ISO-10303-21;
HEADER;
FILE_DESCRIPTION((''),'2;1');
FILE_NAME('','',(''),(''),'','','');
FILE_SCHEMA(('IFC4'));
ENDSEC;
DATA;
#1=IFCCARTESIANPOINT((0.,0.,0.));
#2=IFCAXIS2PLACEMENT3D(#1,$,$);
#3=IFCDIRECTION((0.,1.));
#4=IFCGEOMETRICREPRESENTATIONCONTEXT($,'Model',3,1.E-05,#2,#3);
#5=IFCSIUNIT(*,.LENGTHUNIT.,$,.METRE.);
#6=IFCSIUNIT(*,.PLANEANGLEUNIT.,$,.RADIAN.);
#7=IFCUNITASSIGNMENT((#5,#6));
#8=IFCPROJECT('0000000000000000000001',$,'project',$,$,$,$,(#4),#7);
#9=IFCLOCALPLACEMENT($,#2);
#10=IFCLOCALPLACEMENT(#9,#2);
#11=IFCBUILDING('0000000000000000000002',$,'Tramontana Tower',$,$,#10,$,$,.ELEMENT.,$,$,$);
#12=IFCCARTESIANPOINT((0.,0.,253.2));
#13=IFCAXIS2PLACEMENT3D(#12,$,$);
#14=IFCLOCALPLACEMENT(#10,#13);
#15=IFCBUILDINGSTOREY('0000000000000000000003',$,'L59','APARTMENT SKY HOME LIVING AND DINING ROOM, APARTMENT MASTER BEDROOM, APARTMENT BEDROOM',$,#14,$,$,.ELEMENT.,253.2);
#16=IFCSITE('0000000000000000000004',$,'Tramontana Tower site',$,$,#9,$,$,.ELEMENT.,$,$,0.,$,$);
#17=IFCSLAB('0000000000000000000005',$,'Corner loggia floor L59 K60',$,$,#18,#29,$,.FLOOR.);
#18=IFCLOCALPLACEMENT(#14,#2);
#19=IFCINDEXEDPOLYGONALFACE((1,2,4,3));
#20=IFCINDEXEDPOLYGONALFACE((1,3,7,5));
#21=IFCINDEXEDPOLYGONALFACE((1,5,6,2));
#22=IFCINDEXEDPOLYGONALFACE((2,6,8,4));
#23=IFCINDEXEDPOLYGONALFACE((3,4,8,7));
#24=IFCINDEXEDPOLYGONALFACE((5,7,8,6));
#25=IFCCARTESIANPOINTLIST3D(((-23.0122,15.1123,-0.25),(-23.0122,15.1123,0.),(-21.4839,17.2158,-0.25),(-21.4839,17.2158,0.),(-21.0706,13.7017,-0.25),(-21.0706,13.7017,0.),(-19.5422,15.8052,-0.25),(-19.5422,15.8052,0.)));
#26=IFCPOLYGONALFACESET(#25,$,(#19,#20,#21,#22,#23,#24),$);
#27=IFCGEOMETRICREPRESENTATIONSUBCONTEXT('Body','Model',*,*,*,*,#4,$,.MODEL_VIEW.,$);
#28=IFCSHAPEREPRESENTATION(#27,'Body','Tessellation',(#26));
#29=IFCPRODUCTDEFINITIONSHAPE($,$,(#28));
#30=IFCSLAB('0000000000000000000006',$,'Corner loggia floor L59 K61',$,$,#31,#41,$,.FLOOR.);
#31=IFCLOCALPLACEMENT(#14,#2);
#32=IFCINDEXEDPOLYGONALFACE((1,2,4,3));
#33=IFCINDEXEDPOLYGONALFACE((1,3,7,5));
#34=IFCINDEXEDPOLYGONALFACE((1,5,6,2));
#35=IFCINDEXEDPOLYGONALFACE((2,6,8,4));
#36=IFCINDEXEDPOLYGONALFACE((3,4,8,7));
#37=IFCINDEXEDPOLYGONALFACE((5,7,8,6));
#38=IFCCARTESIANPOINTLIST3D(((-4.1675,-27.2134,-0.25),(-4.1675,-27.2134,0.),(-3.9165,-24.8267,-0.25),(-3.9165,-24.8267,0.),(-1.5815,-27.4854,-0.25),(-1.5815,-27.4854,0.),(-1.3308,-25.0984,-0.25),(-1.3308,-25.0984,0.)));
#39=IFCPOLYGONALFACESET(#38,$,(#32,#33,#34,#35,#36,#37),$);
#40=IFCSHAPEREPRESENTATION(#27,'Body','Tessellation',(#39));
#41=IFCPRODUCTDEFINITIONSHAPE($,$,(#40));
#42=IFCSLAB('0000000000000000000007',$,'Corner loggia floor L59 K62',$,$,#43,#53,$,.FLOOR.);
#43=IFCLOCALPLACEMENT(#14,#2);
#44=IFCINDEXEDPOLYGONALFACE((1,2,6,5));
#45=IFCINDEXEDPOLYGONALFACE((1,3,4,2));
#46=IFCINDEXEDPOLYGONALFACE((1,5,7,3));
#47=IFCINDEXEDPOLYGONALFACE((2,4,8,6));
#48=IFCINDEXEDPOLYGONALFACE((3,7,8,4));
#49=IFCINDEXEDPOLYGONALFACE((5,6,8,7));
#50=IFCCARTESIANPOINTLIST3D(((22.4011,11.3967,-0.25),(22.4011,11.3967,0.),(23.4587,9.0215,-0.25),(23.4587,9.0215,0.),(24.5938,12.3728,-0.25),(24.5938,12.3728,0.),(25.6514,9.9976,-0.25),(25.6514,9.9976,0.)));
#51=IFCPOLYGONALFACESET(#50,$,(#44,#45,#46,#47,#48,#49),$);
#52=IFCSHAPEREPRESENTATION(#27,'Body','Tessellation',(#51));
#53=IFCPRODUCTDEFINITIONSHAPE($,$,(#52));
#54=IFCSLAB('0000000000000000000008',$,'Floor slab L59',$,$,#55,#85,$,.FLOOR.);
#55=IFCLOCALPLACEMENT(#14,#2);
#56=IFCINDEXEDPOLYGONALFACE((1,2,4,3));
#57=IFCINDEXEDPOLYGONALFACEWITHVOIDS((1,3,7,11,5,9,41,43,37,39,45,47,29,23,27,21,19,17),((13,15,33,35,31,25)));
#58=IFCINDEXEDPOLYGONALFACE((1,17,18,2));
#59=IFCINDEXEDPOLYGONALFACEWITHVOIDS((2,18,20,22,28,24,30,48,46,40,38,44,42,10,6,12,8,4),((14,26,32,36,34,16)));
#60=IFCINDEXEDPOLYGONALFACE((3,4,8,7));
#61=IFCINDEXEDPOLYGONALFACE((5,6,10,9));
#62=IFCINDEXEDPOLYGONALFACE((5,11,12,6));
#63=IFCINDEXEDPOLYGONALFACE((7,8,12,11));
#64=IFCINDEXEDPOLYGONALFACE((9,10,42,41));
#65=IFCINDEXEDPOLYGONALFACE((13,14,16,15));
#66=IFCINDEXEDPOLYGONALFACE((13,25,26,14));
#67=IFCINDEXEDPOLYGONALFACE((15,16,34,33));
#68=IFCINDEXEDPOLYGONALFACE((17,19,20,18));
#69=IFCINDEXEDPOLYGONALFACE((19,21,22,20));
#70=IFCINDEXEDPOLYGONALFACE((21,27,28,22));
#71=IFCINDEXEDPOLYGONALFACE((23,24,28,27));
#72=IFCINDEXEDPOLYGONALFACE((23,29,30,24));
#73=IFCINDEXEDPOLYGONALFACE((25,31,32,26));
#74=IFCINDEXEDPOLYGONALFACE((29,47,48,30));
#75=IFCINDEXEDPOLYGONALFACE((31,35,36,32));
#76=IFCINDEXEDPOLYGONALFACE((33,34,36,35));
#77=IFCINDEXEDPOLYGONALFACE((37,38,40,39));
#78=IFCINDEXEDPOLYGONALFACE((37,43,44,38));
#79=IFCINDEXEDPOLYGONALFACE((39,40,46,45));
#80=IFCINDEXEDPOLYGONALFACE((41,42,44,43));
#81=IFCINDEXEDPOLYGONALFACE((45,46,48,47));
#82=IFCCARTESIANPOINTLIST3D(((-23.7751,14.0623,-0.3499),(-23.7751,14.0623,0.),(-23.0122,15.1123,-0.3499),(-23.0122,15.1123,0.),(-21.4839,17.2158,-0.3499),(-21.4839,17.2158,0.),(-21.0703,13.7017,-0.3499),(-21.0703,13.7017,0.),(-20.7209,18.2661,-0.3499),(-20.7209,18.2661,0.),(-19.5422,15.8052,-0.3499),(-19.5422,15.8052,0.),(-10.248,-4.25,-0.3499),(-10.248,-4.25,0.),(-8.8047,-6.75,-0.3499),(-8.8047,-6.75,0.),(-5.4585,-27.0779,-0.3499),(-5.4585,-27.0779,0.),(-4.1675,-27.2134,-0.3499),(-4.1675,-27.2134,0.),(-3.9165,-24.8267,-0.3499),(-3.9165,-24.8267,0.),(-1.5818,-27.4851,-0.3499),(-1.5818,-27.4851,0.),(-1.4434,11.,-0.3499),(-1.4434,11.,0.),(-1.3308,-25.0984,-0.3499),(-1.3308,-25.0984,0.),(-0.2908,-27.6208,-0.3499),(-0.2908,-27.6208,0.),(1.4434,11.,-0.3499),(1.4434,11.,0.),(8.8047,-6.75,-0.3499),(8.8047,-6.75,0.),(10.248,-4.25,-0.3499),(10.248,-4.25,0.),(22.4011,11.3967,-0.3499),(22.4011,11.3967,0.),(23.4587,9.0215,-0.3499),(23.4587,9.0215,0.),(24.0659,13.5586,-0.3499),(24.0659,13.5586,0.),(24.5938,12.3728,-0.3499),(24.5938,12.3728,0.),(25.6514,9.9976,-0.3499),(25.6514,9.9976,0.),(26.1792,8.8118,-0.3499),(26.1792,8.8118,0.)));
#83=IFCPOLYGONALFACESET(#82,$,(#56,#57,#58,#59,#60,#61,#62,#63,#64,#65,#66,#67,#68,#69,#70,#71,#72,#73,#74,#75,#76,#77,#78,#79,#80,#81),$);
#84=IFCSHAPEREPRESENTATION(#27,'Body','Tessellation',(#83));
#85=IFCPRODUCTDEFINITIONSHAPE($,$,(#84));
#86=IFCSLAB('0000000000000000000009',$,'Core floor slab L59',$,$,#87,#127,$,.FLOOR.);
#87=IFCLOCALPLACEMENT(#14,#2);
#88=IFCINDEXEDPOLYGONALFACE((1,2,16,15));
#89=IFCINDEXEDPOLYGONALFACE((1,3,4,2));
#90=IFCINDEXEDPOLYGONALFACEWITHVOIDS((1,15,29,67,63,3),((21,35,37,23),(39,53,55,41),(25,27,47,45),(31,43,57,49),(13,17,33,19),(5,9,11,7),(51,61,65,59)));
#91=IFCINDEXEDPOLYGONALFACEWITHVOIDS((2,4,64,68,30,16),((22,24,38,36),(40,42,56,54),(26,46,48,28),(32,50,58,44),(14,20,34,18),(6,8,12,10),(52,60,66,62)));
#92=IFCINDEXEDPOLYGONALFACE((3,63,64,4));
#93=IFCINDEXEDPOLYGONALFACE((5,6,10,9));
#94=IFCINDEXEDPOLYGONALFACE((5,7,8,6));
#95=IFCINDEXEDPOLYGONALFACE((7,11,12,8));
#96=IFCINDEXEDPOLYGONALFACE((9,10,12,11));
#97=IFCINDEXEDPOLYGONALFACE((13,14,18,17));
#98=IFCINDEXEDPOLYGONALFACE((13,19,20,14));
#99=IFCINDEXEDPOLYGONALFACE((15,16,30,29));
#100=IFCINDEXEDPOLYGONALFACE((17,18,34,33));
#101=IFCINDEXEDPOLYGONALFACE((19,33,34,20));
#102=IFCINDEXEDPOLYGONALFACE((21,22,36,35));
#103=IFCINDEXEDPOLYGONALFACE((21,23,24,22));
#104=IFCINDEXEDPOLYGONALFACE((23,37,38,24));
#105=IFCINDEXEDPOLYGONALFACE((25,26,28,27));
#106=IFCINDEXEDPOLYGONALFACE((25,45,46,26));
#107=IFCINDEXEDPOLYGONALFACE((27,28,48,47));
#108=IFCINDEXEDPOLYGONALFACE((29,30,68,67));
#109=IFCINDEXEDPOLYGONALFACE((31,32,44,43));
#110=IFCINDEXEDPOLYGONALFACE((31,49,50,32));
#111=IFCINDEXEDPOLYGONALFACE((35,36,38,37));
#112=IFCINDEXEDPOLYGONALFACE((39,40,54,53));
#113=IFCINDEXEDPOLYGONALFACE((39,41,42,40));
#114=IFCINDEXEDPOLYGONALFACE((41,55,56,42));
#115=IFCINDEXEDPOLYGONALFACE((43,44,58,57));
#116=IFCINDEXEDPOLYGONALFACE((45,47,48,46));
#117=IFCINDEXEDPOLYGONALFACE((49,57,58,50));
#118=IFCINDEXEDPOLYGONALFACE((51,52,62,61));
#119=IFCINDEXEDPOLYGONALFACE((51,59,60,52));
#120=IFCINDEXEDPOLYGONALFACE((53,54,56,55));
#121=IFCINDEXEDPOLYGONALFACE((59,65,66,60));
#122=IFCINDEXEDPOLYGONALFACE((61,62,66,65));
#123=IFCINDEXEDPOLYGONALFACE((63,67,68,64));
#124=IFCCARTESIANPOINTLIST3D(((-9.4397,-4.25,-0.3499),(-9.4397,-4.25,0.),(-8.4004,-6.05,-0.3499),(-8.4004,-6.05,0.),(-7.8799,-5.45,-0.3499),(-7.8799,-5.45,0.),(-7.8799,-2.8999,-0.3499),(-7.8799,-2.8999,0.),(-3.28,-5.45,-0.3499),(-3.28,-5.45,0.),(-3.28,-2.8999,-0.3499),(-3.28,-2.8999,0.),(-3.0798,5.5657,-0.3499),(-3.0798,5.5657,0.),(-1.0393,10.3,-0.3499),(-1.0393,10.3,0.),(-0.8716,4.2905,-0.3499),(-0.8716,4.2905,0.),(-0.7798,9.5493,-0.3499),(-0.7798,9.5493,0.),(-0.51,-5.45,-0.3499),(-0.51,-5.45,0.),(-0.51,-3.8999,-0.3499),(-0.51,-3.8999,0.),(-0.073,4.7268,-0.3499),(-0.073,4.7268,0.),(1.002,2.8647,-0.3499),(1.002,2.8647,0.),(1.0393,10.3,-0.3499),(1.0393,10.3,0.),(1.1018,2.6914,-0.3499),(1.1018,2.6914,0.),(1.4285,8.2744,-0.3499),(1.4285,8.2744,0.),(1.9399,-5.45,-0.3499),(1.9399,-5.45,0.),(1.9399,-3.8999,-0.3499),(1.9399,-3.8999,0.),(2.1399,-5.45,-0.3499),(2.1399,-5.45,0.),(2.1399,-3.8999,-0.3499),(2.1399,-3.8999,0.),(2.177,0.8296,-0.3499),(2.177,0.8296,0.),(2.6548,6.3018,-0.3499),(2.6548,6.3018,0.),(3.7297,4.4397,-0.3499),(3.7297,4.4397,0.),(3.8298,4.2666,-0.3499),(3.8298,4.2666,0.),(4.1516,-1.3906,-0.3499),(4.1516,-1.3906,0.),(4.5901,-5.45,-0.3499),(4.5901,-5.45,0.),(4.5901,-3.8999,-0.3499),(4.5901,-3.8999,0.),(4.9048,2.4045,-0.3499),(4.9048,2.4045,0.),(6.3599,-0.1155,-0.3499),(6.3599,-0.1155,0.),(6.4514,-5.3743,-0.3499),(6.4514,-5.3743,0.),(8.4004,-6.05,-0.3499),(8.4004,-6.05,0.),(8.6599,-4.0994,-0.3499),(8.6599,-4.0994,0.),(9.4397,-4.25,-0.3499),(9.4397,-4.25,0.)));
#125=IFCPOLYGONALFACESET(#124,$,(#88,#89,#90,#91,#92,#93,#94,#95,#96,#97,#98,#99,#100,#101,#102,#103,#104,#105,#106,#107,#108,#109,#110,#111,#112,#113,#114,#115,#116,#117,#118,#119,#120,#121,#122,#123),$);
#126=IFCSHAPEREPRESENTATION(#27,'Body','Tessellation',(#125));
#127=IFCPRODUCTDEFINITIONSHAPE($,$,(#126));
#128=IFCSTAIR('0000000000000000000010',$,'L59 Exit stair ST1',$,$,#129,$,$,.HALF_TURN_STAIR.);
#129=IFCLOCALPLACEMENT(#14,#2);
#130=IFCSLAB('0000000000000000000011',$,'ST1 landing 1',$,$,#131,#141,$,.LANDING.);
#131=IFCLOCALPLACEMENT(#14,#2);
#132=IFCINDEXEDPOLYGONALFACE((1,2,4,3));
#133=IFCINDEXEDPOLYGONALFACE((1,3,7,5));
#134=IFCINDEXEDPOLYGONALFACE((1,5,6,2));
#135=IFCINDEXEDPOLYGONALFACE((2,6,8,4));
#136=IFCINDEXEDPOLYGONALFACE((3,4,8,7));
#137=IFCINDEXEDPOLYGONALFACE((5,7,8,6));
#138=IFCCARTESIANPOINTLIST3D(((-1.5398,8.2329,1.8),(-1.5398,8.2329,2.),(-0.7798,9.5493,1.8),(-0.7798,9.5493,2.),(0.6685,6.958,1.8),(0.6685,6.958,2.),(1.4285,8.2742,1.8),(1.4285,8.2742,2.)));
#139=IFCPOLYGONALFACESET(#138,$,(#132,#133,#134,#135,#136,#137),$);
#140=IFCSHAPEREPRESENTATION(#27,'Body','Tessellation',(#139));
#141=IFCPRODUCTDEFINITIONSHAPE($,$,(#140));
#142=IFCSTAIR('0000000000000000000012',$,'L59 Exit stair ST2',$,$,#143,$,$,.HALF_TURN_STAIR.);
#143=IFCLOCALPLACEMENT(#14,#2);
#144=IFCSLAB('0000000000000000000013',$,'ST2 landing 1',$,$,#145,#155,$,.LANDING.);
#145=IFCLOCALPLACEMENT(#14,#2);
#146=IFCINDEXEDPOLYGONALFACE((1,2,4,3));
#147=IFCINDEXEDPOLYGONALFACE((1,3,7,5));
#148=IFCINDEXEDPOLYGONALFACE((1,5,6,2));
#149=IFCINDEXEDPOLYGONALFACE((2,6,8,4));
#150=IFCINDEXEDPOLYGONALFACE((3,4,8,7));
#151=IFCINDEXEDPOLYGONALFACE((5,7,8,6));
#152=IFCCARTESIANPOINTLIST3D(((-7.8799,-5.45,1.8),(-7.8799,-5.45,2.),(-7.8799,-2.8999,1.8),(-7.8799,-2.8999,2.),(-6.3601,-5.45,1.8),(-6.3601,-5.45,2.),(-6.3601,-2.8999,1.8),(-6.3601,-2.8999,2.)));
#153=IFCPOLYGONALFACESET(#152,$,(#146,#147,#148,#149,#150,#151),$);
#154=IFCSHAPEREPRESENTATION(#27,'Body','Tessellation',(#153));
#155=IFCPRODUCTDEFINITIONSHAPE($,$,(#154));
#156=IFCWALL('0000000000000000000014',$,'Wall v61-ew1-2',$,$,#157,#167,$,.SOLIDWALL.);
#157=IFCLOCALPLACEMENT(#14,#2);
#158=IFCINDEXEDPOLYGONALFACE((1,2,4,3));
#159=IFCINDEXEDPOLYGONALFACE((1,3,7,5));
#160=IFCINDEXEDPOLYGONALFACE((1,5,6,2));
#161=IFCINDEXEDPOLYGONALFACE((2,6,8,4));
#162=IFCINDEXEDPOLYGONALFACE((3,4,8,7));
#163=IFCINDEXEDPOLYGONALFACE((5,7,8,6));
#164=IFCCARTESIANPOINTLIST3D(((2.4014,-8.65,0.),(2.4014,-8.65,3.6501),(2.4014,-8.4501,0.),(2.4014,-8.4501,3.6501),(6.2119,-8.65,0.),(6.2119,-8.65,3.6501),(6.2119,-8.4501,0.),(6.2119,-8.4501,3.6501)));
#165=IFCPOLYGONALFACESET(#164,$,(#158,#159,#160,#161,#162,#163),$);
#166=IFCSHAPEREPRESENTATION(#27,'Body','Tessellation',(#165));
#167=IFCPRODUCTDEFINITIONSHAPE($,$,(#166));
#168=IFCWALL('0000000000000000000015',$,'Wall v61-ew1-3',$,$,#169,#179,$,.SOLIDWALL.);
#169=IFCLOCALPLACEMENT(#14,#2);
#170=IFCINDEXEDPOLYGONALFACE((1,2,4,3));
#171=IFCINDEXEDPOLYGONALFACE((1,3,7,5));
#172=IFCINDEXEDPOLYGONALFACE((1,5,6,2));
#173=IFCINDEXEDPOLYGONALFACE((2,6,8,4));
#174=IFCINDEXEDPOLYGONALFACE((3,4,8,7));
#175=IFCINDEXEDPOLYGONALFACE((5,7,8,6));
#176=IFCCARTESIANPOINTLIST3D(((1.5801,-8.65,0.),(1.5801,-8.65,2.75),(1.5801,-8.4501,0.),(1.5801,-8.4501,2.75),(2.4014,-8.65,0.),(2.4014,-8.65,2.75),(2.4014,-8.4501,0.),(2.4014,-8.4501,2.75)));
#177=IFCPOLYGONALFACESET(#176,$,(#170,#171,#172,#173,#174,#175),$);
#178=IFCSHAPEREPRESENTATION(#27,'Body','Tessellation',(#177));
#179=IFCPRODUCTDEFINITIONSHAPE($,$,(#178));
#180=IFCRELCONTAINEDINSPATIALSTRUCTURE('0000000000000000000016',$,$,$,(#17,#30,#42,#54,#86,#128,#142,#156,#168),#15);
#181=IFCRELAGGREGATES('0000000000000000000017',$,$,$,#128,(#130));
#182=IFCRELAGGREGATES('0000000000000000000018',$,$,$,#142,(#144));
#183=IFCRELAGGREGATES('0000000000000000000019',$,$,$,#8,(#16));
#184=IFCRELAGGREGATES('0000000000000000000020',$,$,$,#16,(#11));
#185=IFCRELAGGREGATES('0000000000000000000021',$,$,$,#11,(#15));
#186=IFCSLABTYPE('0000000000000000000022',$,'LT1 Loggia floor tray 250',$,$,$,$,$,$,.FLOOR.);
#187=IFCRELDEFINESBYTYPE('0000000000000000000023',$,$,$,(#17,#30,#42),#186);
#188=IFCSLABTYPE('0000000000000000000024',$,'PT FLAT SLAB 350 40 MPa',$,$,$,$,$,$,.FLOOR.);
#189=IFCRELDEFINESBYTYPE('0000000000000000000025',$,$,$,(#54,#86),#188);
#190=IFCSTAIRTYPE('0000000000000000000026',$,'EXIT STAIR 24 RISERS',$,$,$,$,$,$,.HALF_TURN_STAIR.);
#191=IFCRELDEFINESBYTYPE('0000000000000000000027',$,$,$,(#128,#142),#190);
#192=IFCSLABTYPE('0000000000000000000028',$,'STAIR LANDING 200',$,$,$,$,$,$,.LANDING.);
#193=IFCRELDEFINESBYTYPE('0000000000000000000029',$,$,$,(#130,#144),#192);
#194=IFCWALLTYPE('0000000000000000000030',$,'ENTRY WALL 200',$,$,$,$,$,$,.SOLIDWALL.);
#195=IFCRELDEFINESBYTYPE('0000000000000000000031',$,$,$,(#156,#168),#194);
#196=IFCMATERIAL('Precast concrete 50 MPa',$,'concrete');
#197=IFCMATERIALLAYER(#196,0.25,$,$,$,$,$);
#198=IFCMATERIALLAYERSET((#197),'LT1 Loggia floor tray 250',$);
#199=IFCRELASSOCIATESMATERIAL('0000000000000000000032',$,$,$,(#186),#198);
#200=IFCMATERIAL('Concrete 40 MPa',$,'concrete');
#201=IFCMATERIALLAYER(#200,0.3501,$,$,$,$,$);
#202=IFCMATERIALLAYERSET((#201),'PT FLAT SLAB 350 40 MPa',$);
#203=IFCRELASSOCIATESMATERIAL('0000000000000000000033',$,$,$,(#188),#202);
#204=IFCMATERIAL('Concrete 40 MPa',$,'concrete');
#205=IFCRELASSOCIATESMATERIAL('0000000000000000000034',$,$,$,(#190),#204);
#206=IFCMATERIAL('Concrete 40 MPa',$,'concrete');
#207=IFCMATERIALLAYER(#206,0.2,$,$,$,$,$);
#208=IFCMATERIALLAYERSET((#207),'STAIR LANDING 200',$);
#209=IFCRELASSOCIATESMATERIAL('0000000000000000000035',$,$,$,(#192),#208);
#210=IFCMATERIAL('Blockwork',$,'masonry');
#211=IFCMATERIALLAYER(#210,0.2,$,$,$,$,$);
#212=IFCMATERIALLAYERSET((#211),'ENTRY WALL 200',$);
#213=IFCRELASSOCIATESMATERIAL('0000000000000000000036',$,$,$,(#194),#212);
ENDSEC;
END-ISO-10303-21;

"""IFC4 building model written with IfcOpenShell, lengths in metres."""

from ifc_helpers import new_model, si_unit, direction, frame, frame_2d, origin, place, context, subcontext, project, spatial, polyline, rectangle, outline, extrude, material, layer, layer_set, type_object, element, aggregate, save


model = new_model("IFC4")

# Units and contexts
model_context = context("Model", 3, precision=1e-05, world=origin(), true_north=direction((0.0, 1.0)))
body_context = subcontext(model_context, "Body", "Model", "MODEL_VIEW")
ifc_project = project(units=[si_unit("LENGTHUNIT", "METRE"), si_unit("PLANEANGLEUNIT", "RADIAN")], contexts=[model_context])

# Site, building, storey
site_placement = place(None, origin())
site = spatial("IfcSite", under=ifc_project, at=site_placement, Name="Tramontana Tower site", CompositionType="ELEMENT", RefElevation=0.0)
building_placement = place(site_placement, origin())
building = spatial("IfcBuilding", under=site, at=building_placement, Name="Tramontana Tower", CompositionType="ELEMENT")
storey_placement = place(building_placement, frame((0.0, 0.0, 253.2)))
storey = spatial("IfcBuildingStorey", under=building, at=storey_placement, Name="L59", Description="APARTMENT SKY HOME LIVING AND DINING ROOM, APARTMENT MASTER BEDROOM, APARTMENT BEDROOM", CompositionType="ELEMENT", Elevation=253.2)

# Slabs
ifc_material_1 = material(Name="Precast concrete 50 MPa", Category="concrete")
ifc_layer_1 = layer(ifc_material_1, 0.25)
ifc_layer_set_1 = layer_set([ifc_layer_1], Name="LT1 Loggia floor tray 250")
slab_type_1 = type_object("IfcSlabType", Name="LT1 Loggia floor tray 250", PredefinedType="FLOOR", material=ifc_layer_set_1)
slab_1_placement = place(storey_placement, frame((0.0, 0.0, -0.25)))
element("IfcSlab", 1, at=slab_1_placement, inside=storey, type_object=slab_type_1, Name="Corner loggia floor L59 K60", PredefinedType="FLOOR", context=body_context, shape_type="SweptSolid", body=[
    extrude(outline(polyline([(-21.4839, 17.2158), (-19.5422, 15.8052), (-21.0706, 13.7017), (-23.0122, 15.1123), (-21.4839, 17.2158)])), origin(), (0.0, 0.0, 1.0), 0.25),
])
slab_2_placement = place(storey_placement, frame((0.0, 0.0, -0.25)))
element("IfcSlab", 2, at=slab_2_placement, inside=storey, type_object=slab_type_1, Name="Corner loggia floor L59 K61", PredefinedType="FLOOR", context=body_context, shape_type="SweptSolid", body=[
    extrude(outline(polyline([(-4.1675, -27.2134), (-3.9165, -24.8267), (-1.3308, -25.0984), (-1.5815, -27.4854), (-4.1675, -27.2134)])), origin(), (0.0, 0.0, 1.0), 0.25),
])
slab_3_placement = place(storey_placement, frame((0.0, 0.0, -0.25)))
element("IfcSlab", 3, at=slab_3_placement, inside=storey, type_object=slab_type_1, Name="Corner loggia floor L59 K62", PredefinedType="FLOOR", context=body_context, shape_type="SweptSolid", body=[
    extrude(outline(polyline([(25.6514, 9.9976), (23.4587, 9.0215), (22.4011, 11.3967), (24.5938, 12.3728), (25.6514, 9.9976)])), origin(), (0.0, 0.0, 1.0), 0.25),
])
ifc_material_2 = material(Name="Concrete 40 MPa", Category="concrete")
ifc_layer_2 = layer(ifc_material_2, 0.3501)
ifc_layer_set_2 = layer_set([ifc_layer_2], Name="PT FLAT SLAB 350 40 MPa")
slab_type_2 = type_object("IfcSlabType", Name="PT FLAT SLAB 350 40 MPa", PredefinedType="FLOOR", material=ifc_layer_set_2)
slab_4_placement = place(storey_placement, frame((0.0, 0.0, -0.3499)))
element("IfcSlab", 4, at=slab_4_placement, inside=storey, type_object=slab_type_2, Name="Floor slab L59", PredefinedType="FLOOR", context=body_context, shape_type="SweptSolid", body=[
    extrude(outline(polyline([(24.5938, 12.3728), (22.4011, 11.3967), (23.4587, 9.0215), (25.6514, 9.9976), (26.1792, 8.8118), (-0.2908, -27.6208), (-1.5818, -27.4851), (-1.3308, -25.0984), (-3.9165, -24.8267), (-4.1675, -27.2134), (-5.4585, -27.0779), (-23.7751, 14.0623), (-23.0122, 15.1123), (-21.0703, 13.7017), (-19.5422, 15.8052), (-21.4839, 17.2158), (-20.7209, 18.2661), (24.0659, 13.5586), (24.5938, 12.3728)]), holes=[polyline([(-10.248, -4.25), (-8.8047, -6.75), (8.8047, -6.75), (10.248, -4.25), (1.4434, 11.0), (-1.4434, 11.0), (-10.248, -4.25)])]), origin(), (0.0, 0.0, 1.0), 0.3499),
])
slab_5_placement = place(storey_placement, frame((0.0, 0.0, -0.3499)))
element("IfcSlab", 5, at=slab_5_placement, inside=storey, type_object=slab_type_2, Name="Core floor slab L59", PredefinedType="FLOOR", context=body_context, shape_type="SweptSolid", body=[
    extrude(outline(polyline([(9.4397, -4.25), (8.4004, -6.05), (-8.4004, -6.05), (-9.4397, -4.25), (-1.0393, 10.3), (1.0393, 10.3), (9.4397, -4.25)]), holes=[polyline([(8.6599, -4.0994), (6.3599, -0.1155), (4.1516, -1.3906), (6.4514, -5.3743), (8.6599, -4.0994)]), polyline([(3.8298, 4.2666), (1.1018, 2.6914), (2.177, 0.8296), (4.9048, 2.4045), (3.8298, 4.2666)]), polyline([(4.5901, -3.8999), (2.1399, -3.8999), (2.1399, -5.45), (4.5901, -5.45), (4.5901, -3.8999)]), polyline([(2.6548, 6.3018), (-0.073, 4.7268), (1.002, 2.8647), (3.7297, 4.4397), (2.6548, 6.3018)]), polyline([(1.9399, -5.45), (1.9399, -3.8999), (-0.51, -3.8999), (-0.51, -5.45), (1.9399, -5.45)]), polyline([(-0.7798, 9.5493), (-3.0798, 5.5657), (-0.8716, 4.2905), (1.4285, 8.2744), (-0.7798, 9.5493)]), polyline([(-7.8799, -5.45), (-3.28, -5.45), (-3.28, -2.8999), (-7.8799, -2.8999), (-7.8799, -5.45)])]), origin(), (0.0, 0.0, 1.0), 0.3499),
])

# Stairs, slabs
ifc_material_3 = material(Name="Concrete 40 MPa", Category="concrete")
stair_type = type_object("IfcStairType", Name="EXIT STAIR 24 RISERS", PredefinedType="HALF_TURN_STAIR", material=ifc_material_3)
stair_1_placement = place(storey_placement, origin())
stair_1 = element("IfcStair", 6, at=stair_1_placement, inside=storey, type_object=stair_type, Name="L59 Exit stair ST1", PredefinedType="HALF_TURN_STAIR")
ifc_material_4 = material(Name="Concrete 40 MPa", Category="concrete")
ifc_layer_3 = layer(ifc_material_4, 0.2)
ifc_layer_set_3 = layer_set([ifc_layer_3], Name="STAIR LANDING 200")
slab_type_3 = type_object("IfcSlabType", Name="STAIR LANDING 200", PredefinedType="LANDING", material=ifc_layer_set_3)
slab_6_placement = place(storey_placement, frame((0.0, 0.0, 1.8)))
slab_6 = element("IfcSlab", 7, at=slab_6_placement, type_object=slab_type_3, Name="ST1 landing 1", PredefinedType="LANDING", context=body_context, shape_type="SweptSolid", body=[
    extrude(outline(polyline([(0.6685, 6.958), (1.4285, 8.2742), (-0.7798, 9.5493), (-1.5398, 8.2329), (0.6685, 6.958)])), origin(), (0.0, 0.0, 1.0), 0.2),
])
aggregate(stair_1, [slab_6])
stair_2_placement = place(storey_placement, origin())
stair_2 = element("IfcStair", 8, at=stair_2_placement, inside=storey, type_object=stair_type, Name="L59 Exit stair ST2", PredefinedType="HALF_TURN_STAIR")
slab_7_placement = place(storey_placement, frame((0.0, 0.0, 1.8)))
slab_7 = element("IfcSlab", 9, at=slab_7_placement, type_object=slab_type_3, Name="ST2 landing 1", PredefinedType="LANDING", context=body_context, shape_type="SweptSolid", body=[
    extrude(outline(polyline([(-6.3601, -2.8999), (-7.8799, -2.8999), (-7.8799, -5.45), (-6.3601, -5.45), (-6.3601, -2.8999)])), origin(), (0.0, 0.0, 1.0), 0.2),
])
aggregate(stair_2, [slab_7])

# Walls
ifc_material_5 = material(Name="Blockwork", Category="masonry")
ifc_layer_4 = layer(ifc_material_5, 0.2)
ifc_layer_set_4 = layer_set([ifc_layer_4], Name="ENTRY WALL 200")
wall_type_1 = type_object("IfcWallType", Name="ENTRY WALL 200", PredefinedType="SOLIDWALL", material=ifc_layer_set_4)
wall_1_placement = place(storey_placement, frame((6.2119, -8.55, 0.0), z_axis=(0.0, 0.0, 1.0), x_axis=(-1.0, 0.0, 0.0)))
element("IfcWall", 10, at=wall_1_placement, inside=storey, type_object=wall_type_1, Name="Wall v61-ew1-2", PredefinedType="SOLIDWALL", context=body_context, shape_type="SweptSolid", body=[
    extrude(rectangle(XDim=3.8105, YDim=0.2, at=frame_2d((1.9053, 0.0))), origin(), (0.0, 0.0, 1.0), 3.6501),
])
wall_2_placement = place(storey_placement, frame((2.4014, -8.55, 0.0), z_axis=(0.0, 0.0, 1.0), x_axis=(-1.0, 0.0, 0.0)))
element("IfcWall", 11, at=wall_2_placement, inside=storey, type_object=wall_type_1, Name="Wall v61-ew1-3", PredefinedType="SOLIDWALL", context=body_context, shape_type="SweptSolid", body=[
    extrude(rectangle(XDim=0.8213, YDim=0.2, at=frame_2d((0.4106, 0.0))), origin(), (0.0, 0.0, 1.0), 2.75),
])

save(model, "model.ifc")
